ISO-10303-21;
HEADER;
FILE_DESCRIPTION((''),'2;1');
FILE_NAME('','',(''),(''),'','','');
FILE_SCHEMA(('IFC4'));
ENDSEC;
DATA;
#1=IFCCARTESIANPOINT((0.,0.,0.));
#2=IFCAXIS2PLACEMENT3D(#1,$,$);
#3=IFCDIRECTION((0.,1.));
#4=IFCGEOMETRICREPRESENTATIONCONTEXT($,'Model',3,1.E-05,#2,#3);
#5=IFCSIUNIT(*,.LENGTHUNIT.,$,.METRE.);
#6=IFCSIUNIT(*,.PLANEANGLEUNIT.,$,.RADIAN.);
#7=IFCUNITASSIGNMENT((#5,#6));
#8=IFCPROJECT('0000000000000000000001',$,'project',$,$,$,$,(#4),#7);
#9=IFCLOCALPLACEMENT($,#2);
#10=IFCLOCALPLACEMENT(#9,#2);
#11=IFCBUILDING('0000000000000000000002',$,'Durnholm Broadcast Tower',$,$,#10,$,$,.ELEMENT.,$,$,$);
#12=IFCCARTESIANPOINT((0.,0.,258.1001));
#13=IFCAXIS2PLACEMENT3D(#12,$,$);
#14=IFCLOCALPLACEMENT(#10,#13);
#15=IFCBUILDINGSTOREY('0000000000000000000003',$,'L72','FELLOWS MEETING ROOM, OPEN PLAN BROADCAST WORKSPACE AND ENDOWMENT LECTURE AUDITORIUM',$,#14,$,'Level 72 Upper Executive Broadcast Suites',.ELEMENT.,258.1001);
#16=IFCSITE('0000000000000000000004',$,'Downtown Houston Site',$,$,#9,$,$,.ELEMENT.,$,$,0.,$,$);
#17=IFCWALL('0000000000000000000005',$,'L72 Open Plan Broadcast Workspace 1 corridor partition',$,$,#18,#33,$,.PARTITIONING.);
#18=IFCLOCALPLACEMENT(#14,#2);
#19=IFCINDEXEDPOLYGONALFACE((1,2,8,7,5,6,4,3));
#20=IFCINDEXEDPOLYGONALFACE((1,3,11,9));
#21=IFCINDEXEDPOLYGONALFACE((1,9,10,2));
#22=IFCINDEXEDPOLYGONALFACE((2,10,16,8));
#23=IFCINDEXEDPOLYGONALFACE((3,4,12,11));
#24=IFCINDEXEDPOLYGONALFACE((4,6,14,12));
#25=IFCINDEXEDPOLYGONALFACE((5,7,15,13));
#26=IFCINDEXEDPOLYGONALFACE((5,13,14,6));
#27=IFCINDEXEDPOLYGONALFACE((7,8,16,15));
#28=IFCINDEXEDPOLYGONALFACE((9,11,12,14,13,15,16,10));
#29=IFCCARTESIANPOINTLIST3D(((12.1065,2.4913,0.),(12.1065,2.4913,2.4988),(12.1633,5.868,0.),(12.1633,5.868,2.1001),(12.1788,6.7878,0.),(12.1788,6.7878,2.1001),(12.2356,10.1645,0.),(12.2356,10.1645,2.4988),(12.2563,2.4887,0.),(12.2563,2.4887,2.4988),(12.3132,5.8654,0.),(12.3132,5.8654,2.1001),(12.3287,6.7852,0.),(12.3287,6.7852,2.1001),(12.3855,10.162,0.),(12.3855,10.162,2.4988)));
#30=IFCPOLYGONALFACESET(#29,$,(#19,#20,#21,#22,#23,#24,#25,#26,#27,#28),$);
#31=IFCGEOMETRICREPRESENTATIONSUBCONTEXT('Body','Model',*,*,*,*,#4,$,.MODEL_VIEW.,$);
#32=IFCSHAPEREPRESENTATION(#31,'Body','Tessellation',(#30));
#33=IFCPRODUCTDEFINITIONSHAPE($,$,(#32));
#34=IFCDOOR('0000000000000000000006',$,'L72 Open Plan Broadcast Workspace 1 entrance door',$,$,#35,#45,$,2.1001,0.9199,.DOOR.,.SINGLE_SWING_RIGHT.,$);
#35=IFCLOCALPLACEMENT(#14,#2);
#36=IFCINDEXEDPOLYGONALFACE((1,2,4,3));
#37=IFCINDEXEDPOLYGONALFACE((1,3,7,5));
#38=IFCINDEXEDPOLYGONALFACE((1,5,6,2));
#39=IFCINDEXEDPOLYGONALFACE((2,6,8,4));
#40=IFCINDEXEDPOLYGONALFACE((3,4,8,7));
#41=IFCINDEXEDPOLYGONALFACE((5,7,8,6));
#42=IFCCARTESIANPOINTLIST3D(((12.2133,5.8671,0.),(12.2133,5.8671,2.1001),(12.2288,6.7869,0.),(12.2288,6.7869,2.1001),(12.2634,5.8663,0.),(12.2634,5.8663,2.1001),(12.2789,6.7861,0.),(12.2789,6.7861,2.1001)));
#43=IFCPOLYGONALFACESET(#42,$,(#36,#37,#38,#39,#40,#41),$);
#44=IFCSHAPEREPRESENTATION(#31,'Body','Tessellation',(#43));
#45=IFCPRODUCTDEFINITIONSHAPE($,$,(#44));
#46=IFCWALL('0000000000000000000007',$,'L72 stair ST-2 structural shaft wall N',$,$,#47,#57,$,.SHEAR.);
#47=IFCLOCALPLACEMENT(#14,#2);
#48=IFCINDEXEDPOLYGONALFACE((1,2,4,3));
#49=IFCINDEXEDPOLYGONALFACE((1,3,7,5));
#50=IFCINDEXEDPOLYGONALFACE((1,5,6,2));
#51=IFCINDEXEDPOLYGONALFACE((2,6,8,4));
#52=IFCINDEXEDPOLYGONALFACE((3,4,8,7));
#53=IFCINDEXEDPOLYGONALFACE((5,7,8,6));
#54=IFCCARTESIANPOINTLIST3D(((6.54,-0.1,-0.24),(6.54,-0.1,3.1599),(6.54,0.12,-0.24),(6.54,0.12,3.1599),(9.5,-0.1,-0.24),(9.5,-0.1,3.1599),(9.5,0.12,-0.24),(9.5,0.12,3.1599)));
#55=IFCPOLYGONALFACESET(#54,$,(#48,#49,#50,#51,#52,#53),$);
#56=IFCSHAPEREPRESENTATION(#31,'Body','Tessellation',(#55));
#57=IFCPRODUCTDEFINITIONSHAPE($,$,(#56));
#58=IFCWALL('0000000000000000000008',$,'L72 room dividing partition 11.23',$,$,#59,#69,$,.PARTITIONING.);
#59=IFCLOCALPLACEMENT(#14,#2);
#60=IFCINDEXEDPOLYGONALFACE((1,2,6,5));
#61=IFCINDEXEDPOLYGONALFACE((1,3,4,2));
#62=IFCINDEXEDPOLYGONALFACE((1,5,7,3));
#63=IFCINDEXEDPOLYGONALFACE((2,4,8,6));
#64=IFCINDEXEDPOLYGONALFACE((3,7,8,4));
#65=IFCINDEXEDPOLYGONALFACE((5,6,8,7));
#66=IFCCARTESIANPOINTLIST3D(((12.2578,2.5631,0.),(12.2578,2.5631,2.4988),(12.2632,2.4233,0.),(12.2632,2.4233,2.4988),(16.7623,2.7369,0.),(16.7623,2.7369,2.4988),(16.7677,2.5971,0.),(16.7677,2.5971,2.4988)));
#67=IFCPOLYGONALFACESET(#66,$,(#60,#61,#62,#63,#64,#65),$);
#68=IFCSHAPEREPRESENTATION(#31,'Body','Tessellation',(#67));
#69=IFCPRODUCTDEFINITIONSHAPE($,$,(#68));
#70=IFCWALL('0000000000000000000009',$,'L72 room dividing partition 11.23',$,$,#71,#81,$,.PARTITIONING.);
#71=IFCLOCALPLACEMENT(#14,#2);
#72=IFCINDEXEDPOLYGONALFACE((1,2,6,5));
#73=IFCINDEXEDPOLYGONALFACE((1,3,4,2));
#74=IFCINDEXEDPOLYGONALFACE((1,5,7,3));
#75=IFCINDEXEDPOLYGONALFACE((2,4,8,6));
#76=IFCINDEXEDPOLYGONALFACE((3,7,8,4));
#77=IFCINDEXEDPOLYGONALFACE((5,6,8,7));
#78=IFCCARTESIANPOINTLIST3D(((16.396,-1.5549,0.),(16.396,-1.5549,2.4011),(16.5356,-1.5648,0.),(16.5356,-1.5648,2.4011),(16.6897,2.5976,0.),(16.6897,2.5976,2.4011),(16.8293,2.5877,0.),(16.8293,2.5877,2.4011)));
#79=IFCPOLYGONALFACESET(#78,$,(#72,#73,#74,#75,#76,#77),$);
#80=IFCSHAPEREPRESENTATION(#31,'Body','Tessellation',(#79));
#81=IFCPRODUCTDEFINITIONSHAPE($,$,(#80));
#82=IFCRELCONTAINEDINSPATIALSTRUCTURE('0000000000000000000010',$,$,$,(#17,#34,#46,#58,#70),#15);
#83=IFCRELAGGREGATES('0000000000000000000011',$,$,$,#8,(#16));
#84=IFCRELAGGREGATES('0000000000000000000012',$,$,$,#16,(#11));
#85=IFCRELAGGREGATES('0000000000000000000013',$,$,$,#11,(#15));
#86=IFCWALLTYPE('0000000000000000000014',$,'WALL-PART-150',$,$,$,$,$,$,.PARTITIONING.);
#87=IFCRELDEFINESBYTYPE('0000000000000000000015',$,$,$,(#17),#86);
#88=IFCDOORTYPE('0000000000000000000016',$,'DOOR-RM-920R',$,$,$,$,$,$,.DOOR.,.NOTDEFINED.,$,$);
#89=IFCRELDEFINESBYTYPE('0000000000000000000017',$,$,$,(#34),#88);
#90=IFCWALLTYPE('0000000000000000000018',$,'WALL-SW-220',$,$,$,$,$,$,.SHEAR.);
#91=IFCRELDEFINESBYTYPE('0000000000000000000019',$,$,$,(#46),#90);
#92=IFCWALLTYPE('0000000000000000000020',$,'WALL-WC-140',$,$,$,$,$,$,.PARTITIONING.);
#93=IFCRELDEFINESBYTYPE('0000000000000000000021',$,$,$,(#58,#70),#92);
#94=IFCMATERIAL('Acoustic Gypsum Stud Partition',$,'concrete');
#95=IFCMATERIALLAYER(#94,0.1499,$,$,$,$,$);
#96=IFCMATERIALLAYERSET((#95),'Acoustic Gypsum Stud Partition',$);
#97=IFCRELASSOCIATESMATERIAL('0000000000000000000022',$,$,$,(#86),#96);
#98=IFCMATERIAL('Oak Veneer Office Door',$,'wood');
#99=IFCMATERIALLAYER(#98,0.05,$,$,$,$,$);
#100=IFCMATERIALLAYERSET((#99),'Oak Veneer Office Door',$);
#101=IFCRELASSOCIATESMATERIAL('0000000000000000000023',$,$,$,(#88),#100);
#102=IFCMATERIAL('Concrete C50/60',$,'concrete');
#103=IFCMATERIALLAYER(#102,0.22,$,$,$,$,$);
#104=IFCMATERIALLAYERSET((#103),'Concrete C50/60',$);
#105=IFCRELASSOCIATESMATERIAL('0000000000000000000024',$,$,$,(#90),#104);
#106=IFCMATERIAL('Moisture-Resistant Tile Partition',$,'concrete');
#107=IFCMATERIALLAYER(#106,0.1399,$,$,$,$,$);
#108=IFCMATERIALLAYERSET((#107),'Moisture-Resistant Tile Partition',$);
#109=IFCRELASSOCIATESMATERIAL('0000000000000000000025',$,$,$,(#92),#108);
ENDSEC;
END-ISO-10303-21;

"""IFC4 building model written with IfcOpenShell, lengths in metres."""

from ifc_helpers import new_model, si_unit, direction, frame, frame_2d, origin, place, context, subcontext, project, spatial, rectangle, extrude, source, transform, mapped, material, layer, layer_set, type_object, type_shapes, element, fill, save


model = new_model("IFC4")

# Units and contexts
model_context = context("Model", 3, precision=1e-05, world=origin(), true_north=direction((0.0, 1.0)))
body_context = subcontext(model_context, "Body", "Model", "MODEL_VIEW")
ifc_project = project(units=[si_unit("LENGTHUNIT", "METRE"), si_unit("PLANEANGLEUNIT", "RADIAN")], contexts=[model_context])

# Site, building, storey
site_placement = place(None, origin())
site = spatial("IfcSite", under=ifc_project, at=site_placement, Name="Downtown Houston Site", CompositionType="ELEMENT", RefElevation=0.0)
building_placement = place(site_placement, origin())
building = spatial("IfcBuilding", under=site, at=building_placement, Name="Durnholm Broadcast Tower", CompositionType="ELEMENT")
storey_placement = place(building_placement, frame((0.0, 0.0, 258.1001)))
storey = spatial("IfcBuildingStorey", under=building, at=storey_placement, Name="L72", Description="FELLOWS MEETING ROOM, OPEN PLAN BROADCAST WORKSPACE AND ENDOWMENT LECTURE AUDITORIUM", LongName="Level 72 Upper Executive Broadcast Suites", CompositionType="ELEMENT", Elevation=258.1001)

# Wall, opening, door
ifc_material_1 = material(Name="Acoustic Gypsum Stud Partition", Category="concrete")
ifc_layer_1 = layer(ifc_material_1, 0.1499)
ifc_layer_set_1 = layer_set([ifc_layer_1], Name="Acoustic Gypsum Stud Partition")
wall_type_1 = type_object("IfcWallType", Name="WALL-PART-150", PredefinedType="PARTITIONING", material=ifc_layer_set_1)
ifc_material_2 = material(Name="Oak Veneer Office Door", Category="wood")
ifc_layer_2 = layer(ifc_material_2, 0.05)
ifc_layer_set_2 = layer_set([ifc_layer_2], Name="Oak Veneer Office Door")
door_type = type_object("IfcDoorType", Name="DOOR-RM-920R", OperationType="NOTDEFINED", PredefinedType="DOOR", material=ifc_layer_set_2)
shared_shape_1 = source(origin(), body_context, "Body", "SweptSolid", [
    extrude(rectangle(XDim=0.9199, YDim=2.1001, at=frame_2d((0.46, 1.05))), frame((0.0, 0.0249, 0.0), z_axis=(0.0, -1.0, 0.0), x_axis=(1.0, 0.0, 0.0)), (0.0, 0.0, 1.0), 0.05),
])
type_shapes(door_type, [shared_shape_1])
wall_1_placement = place(storey_placement, frame((12.1814, 2.49, 0.0), z_axis=(0.0, 0.0, 1.0), x_axis=(0.016829, 0.999858, 0.0)))
wall_1 = element("IfcWall", 1, at=wall_1_placement, inside=storey, type_object=wall_type_1, Name="L72 Open Plan Broadcast Workspace 1 corridor partition", PredefinedType="PARTITIONING", context=body_context, shape_type="SweptSolid", body=[
    extrude(rectangle(XDim=7.6743, YDim=0.1499, at=frame_2d((3.8372, 0.0))), origin(), (0.0, 0.0, 1.0), 2.4988),
])
opening_1_placement = place(wall_1_placement, frame((3.3772, 0.0, 0.0)))
opening_1 = element("IfcOpeningElement", 2, at=opening_1_placement, cuts=wall_1, PredefinedType="OPENING", context=body_context, shape_type="SweptSolid", body=[
    extrude(rectangle(XDim=0.9199, YDim=2.1001, at=frame_2d((0.46, 1.05))), frame((0.0, 0.085, 0.0), z_axis=(0.0, -1.0, 0.0), x_axis=(1.0, 0.0, 0.0)), (0.0, 0.0, 1.0), 0.1699),
])
door_1_placement = place(opening_1_placement, origin())
door_1 = element("IfcDoor", 3, at=door_1_placement, inside=storey, type_object=door_type, Name="L72 Open Plan Broadcast Workspace 1 entrance door", OperationType="SINGLE_SWING_RIGHT", OverallHeight=2.1001, OverallWidth=0.9199, PredefinedType="DOOR", context=body_context, shape_type="MappedRepresentation", body=[
    mapped(shared_shape_1, transform((0.0, 0.0, 0.0), x_axis=(1.0, 0.0, 0.0), y_axis=(0.0, 1.0, 0.0), z_axis=(0.0, 0.0, 1.0), scale=1.0)),
])
fill(opening_1, door_1)

# Walls
ifc_material_3 = material(Name="Concrete C50/60", Category="concrete")
ifc_layer_3 = layer(ifc_material_3, 0.22)
ifc_layer_set_3 = layer_set([ifc_layer_3], Name="Concrete C50/60")
wall_type_2 = type_object("IfcWallType", Name="WALL-SW-220", PredefinedType="SHEAR", material=ifc_layer_set_3)
wall_2_placement = place(storey_placement, frame((9.5, 0.01, -0.24), z_axis=(0.0, 0.0, 1.0), x_axis=(-1.0, 0.0, 0.0)))
element("IfcWall", 4, at=wall_2_placement, inside=storey, type_object=wall_type_2, Name="L72 stair ST-2 structural shaft wall N", PredefinedType="SHEAR", context=body_context, shape_type="SweptSolid", body=[
    extrude(rectangle(XDim=2.96, YDim=0.22, at=frame_2d((1.48, 0.0))), origin(), (0.0, 0.0, 1.0), 3.3999),
])
ifc_material_4 = material(Name="Moisture-Resistant Tile Partition", Category="concrete")
ifc_layer_4 = layer(ifc_material_4, 0.1399)
ifc_layer_set_4 = layer_set([ifc_layer_4], Name="Moisture-Resistant Tile Partition")
wall_type_3 = type_object("IfcWallType", Name="WALL-WC-140", PredefinedType="PARTITIONING", material=ifc_layer_set_4)
wall_3_placement = place(storey_placement, frame((12.2605, 2.4932, 0.0), z_axis=(0.0, 0.0, 1.0), x_axis=(0.999256, 0.038562, 0.0)))
element("IfcWall", 5, at=wall_3_placement, inside=storey, type_object=wall_type_3, Name="L72 room dividing partition 11.23", PredefinedType="PARTITIONING", context=body_context, shape_type="SweptSolid", body=[
    extrude(rectangle(XDim=4.5078, YDim=0.1399, at=frame_2d((2.2539, 0.0))), origin(), (0.0, 0.0, 1.0), 2.4988),
])
wall_4_placement = place(storey_placement, frame((16.7595, 2.5928, 0.0), z_axis=(0.0, 0.0, 1.0), x_axis=(-0.070551, -0.997508, 0.0)))
element("IfcWall", 6, at=wall_4_placement, inside=storey, type_object=wall_type_3, Name="L72 room dividing partition 11.23", PredefinedType="PARTITIONING", context=body_context, shape_type="SweptSolid", body=[
    extrude(rectangle(XDim=4.1628, YDim=0.1399, at=frame_2d((2.0815, 0.0))), origin(), (0.0, 0.0, 1.0), 2.4011),
])

save(model, "model.ifc")
